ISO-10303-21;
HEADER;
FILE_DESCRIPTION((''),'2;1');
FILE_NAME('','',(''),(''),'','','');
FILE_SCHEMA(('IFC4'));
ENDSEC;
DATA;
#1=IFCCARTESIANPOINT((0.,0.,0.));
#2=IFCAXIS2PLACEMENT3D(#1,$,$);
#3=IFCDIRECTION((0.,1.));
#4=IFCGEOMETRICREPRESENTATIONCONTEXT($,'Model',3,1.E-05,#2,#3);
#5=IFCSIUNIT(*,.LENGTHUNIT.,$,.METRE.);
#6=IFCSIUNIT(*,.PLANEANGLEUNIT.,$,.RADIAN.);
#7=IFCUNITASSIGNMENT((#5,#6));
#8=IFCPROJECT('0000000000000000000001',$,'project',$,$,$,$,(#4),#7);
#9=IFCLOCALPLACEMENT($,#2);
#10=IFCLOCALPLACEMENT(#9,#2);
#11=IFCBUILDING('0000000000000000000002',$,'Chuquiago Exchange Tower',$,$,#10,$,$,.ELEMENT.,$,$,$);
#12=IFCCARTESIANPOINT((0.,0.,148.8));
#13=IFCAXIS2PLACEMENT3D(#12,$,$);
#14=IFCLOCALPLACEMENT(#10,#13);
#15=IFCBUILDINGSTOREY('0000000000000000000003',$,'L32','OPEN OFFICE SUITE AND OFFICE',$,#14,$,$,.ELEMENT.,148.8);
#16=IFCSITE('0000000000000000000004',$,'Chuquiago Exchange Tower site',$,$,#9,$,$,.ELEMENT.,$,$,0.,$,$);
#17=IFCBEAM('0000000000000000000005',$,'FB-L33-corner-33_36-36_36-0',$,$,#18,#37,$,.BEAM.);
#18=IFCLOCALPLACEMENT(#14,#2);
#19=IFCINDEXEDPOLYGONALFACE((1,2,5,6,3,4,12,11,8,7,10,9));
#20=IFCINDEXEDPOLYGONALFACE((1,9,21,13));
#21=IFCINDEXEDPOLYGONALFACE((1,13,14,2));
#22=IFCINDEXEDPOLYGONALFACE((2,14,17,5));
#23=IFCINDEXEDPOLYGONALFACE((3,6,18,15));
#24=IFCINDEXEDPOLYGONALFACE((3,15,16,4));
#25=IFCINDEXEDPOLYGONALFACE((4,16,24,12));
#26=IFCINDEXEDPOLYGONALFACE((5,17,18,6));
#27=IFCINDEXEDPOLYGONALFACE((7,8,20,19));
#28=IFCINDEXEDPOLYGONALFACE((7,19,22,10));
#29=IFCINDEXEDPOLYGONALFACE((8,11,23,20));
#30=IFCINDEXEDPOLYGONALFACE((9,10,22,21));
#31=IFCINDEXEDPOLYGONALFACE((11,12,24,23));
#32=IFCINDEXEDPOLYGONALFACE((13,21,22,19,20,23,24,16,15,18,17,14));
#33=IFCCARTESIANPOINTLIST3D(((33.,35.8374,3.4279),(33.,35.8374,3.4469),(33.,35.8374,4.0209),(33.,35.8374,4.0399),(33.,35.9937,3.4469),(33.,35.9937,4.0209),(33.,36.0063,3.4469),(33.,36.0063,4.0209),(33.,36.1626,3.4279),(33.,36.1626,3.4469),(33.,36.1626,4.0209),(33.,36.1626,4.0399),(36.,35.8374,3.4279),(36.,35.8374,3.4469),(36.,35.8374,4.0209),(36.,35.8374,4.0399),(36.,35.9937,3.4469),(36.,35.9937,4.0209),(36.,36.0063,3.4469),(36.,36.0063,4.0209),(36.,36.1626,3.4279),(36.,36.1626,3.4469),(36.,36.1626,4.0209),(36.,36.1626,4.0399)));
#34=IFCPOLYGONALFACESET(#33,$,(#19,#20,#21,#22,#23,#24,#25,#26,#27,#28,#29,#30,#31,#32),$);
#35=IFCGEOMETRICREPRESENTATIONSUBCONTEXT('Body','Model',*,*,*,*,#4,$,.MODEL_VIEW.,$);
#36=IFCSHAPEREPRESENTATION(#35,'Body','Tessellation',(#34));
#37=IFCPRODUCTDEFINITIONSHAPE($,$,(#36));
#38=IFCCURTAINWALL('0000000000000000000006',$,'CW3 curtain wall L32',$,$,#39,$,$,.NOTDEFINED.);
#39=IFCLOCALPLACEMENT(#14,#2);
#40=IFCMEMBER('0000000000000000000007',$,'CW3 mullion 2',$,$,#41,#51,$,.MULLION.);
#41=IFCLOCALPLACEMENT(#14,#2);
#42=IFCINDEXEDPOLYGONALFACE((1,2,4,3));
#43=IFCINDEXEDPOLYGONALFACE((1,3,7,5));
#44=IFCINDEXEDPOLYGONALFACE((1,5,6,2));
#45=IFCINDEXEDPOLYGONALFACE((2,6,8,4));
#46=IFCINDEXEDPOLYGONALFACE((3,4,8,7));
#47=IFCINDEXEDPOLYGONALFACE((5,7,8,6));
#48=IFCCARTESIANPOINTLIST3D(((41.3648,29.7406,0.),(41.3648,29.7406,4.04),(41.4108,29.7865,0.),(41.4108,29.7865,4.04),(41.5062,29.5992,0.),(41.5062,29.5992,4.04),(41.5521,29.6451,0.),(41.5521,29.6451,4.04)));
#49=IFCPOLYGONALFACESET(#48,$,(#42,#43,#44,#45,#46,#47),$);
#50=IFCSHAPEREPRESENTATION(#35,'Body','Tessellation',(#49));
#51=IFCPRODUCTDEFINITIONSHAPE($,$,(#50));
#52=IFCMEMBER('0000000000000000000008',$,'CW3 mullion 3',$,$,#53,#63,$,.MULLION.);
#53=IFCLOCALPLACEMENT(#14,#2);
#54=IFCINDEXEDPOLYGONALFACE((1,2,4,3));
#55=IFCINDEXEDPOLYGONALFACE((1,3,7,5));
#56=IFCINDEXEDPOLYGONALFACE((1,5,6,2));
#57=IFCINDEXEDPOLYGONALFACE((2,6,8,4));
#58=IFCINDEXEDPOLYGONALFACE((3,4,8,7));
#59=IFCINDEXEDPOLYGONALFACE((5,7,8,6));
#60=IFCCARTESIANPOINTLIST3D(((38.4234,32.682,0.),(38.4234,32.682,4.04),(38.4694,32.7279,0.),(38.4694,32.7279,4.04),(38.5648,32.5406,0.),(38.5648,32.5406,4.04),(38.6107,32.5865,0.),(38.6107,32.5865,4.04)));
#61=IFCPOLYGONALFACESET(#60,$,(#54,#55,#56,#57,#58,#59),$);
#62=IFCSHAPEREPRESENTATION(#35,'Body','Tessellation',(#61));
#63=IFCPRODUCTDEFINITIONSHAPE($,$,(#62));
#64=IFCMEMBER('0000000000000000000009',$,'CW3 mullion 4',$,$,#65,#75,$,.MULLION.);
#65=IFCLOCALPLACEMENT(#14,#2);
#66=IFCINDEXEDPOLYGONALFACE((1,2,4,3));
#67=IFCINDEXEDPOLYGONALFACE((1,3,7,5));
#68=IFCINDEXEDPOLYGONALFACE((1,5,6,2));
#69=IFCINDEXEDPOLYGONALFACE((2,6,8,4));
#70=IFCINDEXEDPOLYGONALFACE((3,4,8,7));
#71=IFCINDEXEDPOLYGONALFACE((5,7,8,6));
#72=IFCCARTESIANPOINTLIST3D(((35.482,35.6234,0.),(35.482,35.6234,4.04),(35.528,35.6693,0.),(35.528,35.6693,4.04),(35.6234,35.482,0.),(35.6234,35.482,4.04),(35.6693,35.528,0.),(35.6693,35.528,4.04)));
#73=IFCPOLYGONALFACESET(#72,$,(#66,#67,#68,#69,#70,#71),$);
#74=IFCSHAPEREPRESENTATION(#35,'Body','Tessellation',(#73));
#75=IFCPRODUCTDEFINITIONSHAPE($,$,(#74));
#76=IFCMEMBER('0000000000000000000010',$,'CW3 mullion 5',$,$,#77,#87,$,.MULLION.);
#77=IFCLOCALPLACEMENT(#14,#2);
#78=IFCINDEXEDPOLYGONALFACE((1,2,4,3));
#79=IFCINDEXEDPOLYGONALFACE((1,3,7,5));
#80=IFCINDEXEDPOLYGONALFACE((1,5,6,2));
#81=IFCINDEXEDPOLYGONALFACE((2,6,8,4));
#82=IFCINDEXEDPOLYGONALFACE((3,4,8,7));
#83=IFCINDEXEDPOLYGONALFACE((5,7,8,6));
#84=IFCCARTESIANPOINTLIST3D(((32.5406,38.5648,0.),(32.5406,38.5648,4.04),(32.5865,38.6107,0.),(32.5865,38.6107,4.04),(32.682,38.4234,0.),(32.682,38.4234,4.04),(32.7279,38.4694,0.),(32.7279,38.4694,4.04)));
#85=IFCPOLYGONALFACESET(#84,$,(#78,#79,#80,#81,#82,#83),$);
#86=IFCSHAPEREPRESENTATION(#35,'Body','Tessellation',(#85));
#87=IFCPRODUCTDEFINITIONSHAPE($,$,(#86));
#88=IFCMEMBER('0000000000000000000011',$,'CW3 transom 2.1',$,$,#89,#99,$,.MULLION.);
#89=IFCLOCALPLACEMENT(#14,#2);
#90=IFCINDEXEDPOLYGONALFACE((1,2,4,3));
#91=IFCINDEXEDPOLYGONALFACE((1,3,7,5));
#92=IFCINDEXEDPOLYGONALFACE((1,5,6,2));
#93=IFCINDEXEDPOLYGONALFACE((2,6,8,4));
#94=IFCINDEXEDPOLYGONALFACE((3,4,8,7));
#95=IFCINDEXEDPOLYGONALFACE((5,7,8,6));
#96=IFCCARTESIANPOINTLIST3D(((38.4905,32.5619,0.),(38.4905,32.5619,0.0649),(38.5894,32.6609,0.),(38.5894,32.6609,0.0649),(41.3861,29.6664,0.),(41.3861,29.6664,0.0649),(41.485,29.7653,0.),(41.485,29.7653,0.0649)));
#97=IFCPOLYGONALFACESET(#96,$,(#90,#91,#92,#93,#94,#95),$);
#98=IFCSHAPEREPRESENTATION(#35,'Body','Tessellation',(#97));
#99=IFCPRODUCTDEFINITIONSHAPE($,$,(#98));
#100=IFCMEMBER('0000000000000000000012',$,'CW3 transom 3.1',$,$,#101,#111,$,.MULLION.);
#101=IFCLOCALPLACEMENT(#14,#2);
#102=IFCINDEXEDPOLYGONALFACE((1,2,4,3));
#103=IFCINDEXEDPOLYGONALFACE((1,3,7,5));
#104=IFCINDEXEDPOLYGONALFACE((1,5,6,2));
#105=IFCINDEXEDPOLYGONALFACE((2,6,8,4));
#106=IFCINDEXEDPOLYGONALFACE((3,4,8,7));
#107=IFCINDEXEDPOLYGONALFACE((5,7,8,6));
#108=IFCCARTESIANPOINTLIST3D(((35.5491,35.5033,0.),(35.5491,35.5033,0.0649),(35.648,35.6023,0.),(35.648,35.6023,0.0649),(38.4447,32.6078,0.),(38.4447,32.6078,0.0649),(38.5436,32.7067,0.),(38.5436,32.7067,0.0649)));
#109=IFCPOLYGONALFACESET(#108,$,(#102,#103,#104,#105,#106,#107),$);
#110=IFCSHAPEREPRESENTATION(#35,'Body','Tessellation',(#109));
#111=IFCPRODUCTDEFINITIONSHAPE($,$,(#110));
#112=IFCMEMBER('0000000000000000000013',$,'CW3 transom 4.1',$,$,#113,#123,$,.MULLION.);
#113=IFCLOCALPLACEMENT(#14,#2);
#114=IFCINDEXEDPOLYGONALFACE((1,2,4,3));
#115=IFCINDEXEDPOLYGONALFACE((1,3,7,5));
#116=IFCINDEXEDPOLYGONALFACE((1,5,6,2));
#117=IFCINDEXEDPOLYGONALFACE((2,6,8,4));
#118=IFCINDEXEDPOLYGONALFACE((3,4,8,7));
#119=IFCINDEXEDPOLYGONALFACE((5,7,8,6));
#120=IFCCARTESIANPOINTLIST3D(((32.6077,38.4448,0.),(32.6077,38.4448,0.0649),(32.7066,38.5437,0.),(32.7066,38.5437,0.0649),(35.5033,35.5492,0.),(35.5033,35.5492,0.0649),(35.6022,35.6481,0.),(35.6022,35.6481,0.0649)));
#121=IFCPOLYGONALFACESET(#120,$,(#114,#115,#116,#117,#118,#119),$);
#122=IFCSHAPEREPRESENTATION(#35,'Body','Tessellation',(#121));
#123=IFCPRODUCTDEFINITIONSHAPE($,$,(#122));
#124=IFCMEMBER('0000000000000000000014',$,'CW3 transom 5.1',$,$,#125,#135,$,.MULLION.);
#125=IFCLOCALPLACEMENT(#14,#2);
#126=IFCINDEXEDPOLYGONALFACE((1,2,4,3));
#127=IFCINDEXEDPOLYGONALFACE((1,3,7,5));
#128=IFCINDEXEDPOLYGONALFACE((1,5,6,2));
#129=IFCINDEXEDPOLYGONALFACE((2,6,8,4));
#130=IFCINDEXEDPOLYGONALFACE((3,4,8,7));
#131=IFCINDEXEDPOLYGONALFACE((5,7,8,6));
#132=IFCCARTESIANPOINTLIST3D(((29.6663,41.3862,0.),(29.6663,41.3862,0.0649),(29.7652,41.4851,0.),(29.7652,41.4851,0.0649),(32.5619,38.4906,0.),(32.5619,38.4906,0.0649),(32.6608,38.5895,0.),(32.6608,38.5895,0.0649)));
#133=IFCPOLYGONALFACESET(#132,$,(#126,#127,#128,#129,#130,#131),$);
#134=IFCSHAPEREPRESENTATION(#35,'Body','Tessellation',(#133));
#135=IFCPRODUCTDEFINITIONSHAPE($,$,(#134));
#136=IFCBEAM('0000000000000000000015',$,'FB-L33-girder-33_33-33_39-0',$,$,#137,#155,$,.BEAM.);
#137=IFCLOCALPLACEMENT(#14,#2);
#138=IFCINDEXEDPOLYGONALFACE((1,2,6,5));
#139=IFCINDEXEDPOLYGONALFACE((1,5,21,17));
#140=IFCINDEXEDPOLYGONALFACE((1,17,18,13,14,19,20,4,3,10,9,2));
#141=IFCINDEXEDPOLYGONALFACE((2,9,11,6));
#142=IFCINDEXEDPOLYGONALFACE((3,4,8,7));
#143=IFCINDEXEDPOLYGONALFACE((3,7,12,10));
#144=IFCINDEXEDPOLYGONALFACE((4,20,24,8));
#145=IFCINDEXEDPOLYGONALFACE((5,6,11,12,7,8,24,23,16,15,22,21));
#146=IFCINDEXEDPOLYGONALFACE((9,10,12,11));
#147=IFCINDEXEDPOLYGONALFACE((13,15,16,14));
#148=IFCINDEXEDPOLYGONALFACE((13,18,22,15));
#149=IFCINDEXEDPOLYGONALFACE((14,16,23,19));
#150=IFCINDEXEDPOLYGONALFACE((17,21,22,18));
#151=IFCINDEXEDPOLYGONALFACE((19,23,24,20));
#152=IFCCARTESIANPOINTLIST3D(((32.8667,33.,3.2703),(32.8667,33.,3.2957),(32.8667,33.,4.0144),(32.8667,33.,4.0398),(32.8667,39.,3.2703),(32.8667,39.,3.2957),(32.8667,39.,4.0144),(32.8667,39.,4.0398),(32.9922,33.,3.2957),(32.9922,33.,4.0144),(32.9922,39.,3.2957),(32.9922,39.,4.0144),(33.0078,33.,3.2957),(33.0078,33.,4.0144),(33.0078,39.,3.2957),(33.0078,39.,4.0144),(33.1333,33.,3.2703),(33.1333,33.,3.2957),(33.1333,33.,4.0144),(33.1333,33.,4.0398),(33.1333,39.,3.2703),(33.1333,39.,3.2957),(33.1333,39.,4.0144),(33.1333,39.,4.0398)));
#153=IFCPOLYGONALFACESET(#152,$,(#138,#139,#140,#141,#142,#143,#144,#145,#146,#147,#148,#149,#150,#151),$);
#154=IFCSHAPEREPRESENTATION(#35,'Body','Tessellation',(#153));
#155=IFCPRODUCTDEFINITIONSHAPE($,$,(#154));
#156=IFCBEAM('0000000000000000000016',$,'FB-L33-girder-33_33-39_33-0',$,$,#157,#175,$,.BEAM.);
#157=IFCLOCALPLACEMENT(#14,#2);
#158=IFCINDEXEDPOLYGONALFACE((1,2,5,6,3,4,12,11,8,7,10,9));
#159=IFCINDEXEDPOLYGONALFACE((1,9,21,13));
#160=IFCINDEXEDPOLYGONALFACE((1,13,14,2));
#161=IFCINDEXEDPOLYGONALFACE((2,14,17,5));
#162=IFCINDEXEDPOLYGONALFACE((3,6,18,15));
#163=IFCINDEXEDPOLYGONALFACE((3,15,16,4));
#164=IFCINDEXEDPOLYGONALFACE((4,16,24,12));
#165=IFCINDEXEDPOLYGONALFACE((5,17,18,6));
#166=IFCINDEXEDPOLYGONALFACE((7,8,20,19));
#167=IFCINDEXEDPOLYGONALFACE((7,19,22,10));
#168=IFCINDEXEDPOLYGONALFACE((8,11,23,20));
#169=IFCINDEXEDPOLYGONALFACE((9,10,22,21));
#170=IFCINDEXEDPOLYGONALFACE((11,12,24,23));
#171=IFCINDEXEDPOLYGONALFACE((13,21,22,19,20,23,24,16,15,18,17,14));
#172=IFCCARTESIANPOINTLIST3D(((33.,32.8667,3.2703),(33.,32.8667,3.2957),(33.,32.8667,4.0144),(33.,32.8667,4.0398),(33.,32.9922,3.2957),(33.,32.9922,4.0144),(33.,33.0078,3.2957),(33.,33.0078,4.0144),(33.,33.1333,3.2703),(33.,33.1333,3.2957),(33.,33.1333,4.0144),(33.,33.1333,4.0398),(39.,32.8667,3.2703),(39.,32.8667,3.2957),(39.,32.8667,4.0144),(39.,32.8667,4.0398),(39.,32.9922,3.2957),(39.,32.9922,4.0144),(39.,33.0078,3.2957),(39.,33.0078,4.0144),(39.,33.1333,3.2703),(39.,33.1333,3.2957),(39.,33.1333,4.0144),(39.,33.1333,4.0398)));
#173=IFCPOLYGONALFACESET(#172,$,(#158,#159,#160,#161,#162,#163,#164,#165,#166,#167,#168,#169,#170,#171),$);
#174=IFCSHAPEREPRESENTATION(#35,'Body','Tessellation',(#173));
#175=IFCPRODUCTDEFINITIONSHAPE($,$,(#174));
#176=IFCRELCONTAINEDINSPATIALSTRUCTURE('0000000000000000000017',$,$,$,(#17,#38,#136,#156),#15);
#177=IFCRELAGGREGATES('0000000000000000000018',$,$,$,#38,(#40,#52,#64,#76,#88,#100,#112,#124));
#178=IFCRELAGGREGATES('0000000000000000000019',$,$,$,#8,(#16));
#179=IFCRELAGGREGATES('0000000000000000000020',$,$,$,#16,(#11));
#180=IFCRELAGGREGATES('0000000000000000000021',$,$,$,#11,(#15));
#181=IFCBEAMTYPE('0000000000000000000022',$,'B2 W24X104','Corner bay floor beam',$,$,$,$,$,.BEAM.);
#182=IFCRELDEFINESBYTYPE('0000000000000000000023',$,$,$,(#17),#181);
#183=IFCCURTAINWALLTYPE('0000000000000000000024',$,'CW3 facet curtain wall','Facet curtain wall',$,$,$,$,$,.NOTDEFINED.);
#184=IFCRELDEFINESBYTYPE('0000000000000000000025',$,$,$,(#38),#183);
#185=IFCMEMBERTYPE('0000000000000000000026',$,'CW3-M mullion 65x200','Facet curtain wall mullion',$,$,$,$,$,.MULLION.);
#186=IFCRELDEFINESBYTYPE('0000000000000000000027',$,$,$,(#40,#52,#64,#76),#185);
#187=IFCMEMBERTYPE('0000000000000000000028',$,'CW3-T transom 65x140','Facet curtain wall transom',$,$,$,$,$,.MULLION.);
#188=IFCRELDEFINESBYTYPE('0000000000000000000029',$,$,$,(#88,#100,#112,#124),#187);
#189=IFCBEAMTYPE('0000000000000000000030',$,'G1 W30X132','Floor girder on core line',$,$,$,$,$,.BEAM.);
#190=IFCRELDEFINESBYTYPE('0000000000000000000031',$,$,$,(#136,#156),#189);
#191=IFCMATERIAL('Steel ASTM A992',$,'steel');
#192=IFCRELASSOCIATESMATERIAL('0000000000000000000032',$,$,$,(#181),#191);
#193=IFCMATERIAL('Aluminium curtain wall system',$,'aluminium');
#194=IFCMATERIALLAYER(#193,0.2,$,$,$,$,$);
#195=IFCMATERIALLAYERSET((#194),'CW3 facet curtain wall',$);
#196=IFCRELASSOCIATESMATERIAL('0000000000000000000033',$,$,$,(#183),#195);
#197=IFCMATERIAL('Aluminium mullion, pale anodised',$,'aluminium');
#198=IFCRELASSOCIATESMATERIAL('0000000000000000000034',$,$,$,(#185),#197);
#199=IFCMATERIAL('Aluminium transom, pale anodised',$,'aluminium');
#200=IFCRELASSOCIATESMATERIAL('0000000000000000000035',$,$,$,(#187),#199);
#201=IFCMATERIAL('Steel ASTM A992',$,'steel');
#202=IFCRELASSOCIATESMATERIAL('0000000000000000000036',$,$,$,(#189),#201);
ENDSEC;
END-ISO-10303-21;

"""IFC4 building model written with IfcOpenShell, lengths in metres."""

from ifc_helpers import new_model, si_unit, direction, frame, origin, origin_2d, place, context, subcontext, project, spatial, rectangle, i_section, extrude, material, layer, layer_set, material_profile, profile_set, type_object, element, aggregate, save


model = new_model("IFC4")

# Units and contexts
model_context = context("Model", 3, precision=1e-05, world=origin(), true_north=direction((0.0, 1.0)))
body_context = subcontext(model_context, "Body", "Model", "MODEL_VIEW")
ifc_project = project(units=[si_unit("LENGTHUNIT", "METRE"), si_unit("PLANEANGLEUNIT", "RADIAN")], contexts=[model_context])

# Site, building, storey
site_placement = place(None, origin())
site = spatial("IfcSite", under=ifc_project, at=site_placement, Name="Chuquiago Exchange Tower site", CompositionType="ELEMENT", RefElevation=0.0)
building_placement = place(site_placement, origin())
building = spatial("IfcBuilding", under=site, at=building_placement, Name="Chuquiago Exchange Tower", CompositionType="ELEMENT")
storey_placement = place(building_placement, frame((0.0, 0.0, 148.8)))
storey = spatial("IfcBuildingStorey", under=building, at=storey_placement, Name="L32", Description="OPEN OFFICE SUITE AND OFFICE", CompositionType="ELEMENT", Elevation=148.8)

# Beam
ifc_material_1 = material(Name="Steel ASTM A992", Category="steel")
ifc_material_profile_1 = material_profile(ifc_material_1, i_section(OverallWidth=0.3252, OverallDepth=0.6121, WebThickness=0.0127, FlangeThickness=0.019, at=origin_2d()), Name="W24X104")
ifc_profile_set_1 = profile_set([ifc_material_profile_1], Name="Steel ASTM A992")
beam_type_1 = type_object("IfcBeamType", Name="B2 W24X104", Description="Corner bay floor beam", PredefinedType="BEAM", material=ifc_profile_set_1)
beam_1_placement = place(storey_placement, frame((33.0, 36.0, 3.7339), z_axis=(1.0, 0.0, 0.0), x_axis=(0.0, 1.0, 0.0)))
element("IfcBeam", 1, at=beam_1_placement, inside=storey, type_object=beam_type_1, Name="FB-L33-corner-33_36-36_36-0", PredefinedType="BEAM", context=body_context, shape_type="SweptSolid", body=[
    extrude(i_section(OverallWidth=0.3252, OverallDepth=0.6121, WebThickness=0.0127, FlangeThickness=0.019, at=origin_2d()), origin(), (0.0, 0.0, 1.0), 3.0),
])

# Curtain wall, members
ifc_material_2 = material(Name="Aluminium curtain wall system", Category="aluminium")
ifc_layer_1 = layer(ifc_material_2, 0.2)
ifc_layer_set_1 = layer_set([ifc_layer_1], Name="CW3 facet curtain wall")
curtain_wall_type = type_object("IfcCurtainWallType", Name="CW3 facet curtain wall", Description="Facet curtain wall", PredefinedType="NOTDEFINED", material=ifc_layer_set_1)
curtain_wall_placement = place(storey_placement, origin())
curtain_wall = element("IfcCurtainWall", 2, at=curtain_wall_placement, inside=storey, type_object=curtain_wall_type, Name="CW3 curtain wall L32", PredefinedType="NOTDEFINED")
ifc_material_3 = material(Name="Aluminium mullion, pale anodised", Category="aluminium")
ifc_material_profile_2 = material_profile(ifc_material_3, rectangle(XDim=0.0649, YDim=0.2, at=origin_2d()), Name="AL 65x200")
ifc_profile_set_2 = profile_set([ifc_material_profile_2], Name="Aluminium mullion, pale anodised")
member_type_1 = type_object("IfcMemberType", Name="CW3-M mullion 65x200", Description="Facet curtain wall mullion", PredefinedType="MULLION", material=ifc_profile_set_2)
member_1_placement = place(storey_placement, frame((41.4585, 29.6929, 0.0), z_axis=(0.0, 0.0, 1.0), x_axis=(-0.707107, -0.707107, 0.0)))
member_1 = element("IfcMember", 3, at=member_1_placement, type_object=member_type_1, Name="CW3 mullion 2", PredefinedType="MULLION", context=body_context, shape_type="SweptSolid", body=[
    extrude(rectangle(XDim=0.0649, YDim=0.2, at=origin_2d()), origin(), (0.0, 0.0, 1.0), 4.04),
])
member_2_placement = place(storey_placement, frame((38.5171, 32.6343, 0.0), z_axis=(0.0, 0.0, 1.0), x_axis=(-0.707107, -0.707107, 0.0)))
member_2 = element("IfcMember", 4, at=member_2_placement, type_object=member_type_1, Name="CW3 mullion 3", PredefinedType="MULLION", context=body_context, shape_type="SweptSolid", body=[
    extrude(rectangle(XDim=0.0649, YDim=0.2, at=origin_2d()), origin(), (0.0, 0.0, 1.0), 4.04),
])
member_3_placement = place(storey_placement, frame((35.5757, 35.5757, 0.0), z_axis=(0.0, 0.0, 1.0), x_axis=(-0.707107, -0.707107, 0.0)))
member_3 = element("IfcMember", 5, at=member_3_placement, type_object=member_type_1, Name="CW3 mullion 4", PredefinedType="MULLION", context=body_context, shape_type="SweptSolid", body=[
    extrude(rectangle(XDim=0.0649, YDim=0.2, at=origin_2d()), origin(), (0.0, 0.0, 1.0), 4.04),
])
member_4_placement = place(storey_placement, frame((32.6343, 38.5171, 0.0), z_axis=(0.0, 0.0, 1.0), x_axis=(-0.707107, -0.707107, 0.0)))
member_4 = element("IfcMember", 6, at=member_4_placement, type_object=member_type_1, Name="CW3 mullion 5", PredefinedType="MULLION", context=body_context, shape_type="SweptSolid", body=[
    extrude(rectangle(XDim=0.0649, YDim=0.2, at=origin_2d()), origin(), (0.0, 0.0, 1.0), 4.04),
])
ifc_material_4 = material(Name="Aluminium transom, pale anodised", Category="aluminium")
ifc_material_profile_3 = material_profile(ifc_material_4, rectangle(XDim=0.1399, YDim=0.0649, at=origin_2d()), Name="AL 140x65")
ifc_profile_set_3 = profile_set([ifc_material_profile_3], Name="Aluminium transom, pale anodised")
member_type_2 = type_object("IfcMemberType", Name="CW3-T transom 65x140", Description="Facet curtain wall transom", PredefinedType="MULLION", material=ifc_profile_set_3)
member_5_placement = place(storey_placement, frame((41.4355, 29.7158, 0.0325), z_axis=(-0.707107, 0.707107, 0.0), x_axis=(-0.707107, -0.707107, 0.0)))
member_5 = element("IfcMember", 7, at=member_5_placement, type_object=member_type_2, Name="CW3 transom 2.1", PredefinedType="MULLION", context=body_context, shape_type="SweptSolid", body=[
    extrude(rectangle(XDim=0.1399, YDim=0.0649, at=origin_2d()), origin(), (0.0, 0.0, 1.0), 4.095),
])
member_6_placement = place(storey_placement, frame((38.4941, 32.6572, 0.0325), z_axis=(-0.707107, 0.707107, 0.0), x_axis=(-0.707107, -0.707107, 0.0)))
member_6 = element("IfcMember", 8, at=member_6_placement, type_object=member_type_2, Name="CW3 transom 3.1", PredefinedType="MULLION", context=body_context, shape_type="SweptSolid", body=[
    extrude(rectangle(XDim=0.1399, YDim=0.0649, at=origin_2d()), origin(), (0.0, 0.0, 1.0), 4.095),
])
member_7_placement = place(storey_placement, frame((35.5527, 35.5986, 0.0325), z_axis=(-0.707107, 0.707107, 0.0), x_axis=(-0.707107, -0.707107, 0.0)))
member_7 = element("IfcMember", 9, at=member_7_placement, type_object=member_type_2, Name="CW3 transom 4.1", PredefinedType="MULLION", context=body_context, shape_type="SweptSolid", body=[
    extrude(rectangle(XDim=0.1399, YDim=0.0649, at=origin_2d()), origin(), (0.0, 0.0, 1.0), 4.095),
])
member_8_placement = place(storey_placement, frame((32.6113, 38.54, 0.0325), z_axis=(-0.707107, 0.707107, 0.0), x_axis=(-0.707107, -0.707107, 0.0)))
member_8 = element("IfcMember", 10, at=member_8_placement, type_object=member_type_2, Name="CW3 transom 5.1", PredefinedType="MULLION", context=body_context, shape_type="SweptSolid", body=[
    extrude(rectangle(XDim=0.1399, YDim=0.0649, at=origin_2d()), origin(), (0.0, 0.0, 1.0), 4.095),
])

# Beams
ifc_material_5 = material(Name="Steel ASTM A992", Category="steel")
ifc_material_profile_4 = material_profile(ifc_material_5, i_section(OverallWidth=0.2666, OverallDepth=0.7695, WebThickness=0.0156, FlangeThickness=0.0254, at=origin_2d()), Name="W30X132")
ifc_profile_set_4 = profile_set([ifc_material_profile_4], Name="Steel ASTM A992")
beam_type_2 = type_object("IfcBeamType", Name="G1 W30X132", Description="Floor girder on core line", PredefinedType="BEAM", material=ifc_profile_set_4)
for number, where, z_axis, x_axis, name in (
    (11, (33.0, 33.0, 3.655), (0.0, 1.0, 0.0), (-1.0, 0.0, 0.0), "FB-L33-girder-33_33-33_39-0"),
    (12, (33.0, 33.0, 3.655), (1.0, 0.0, 0.0), (0.0, 1.0, 0.0), "FB-L33-girder-33_33-39_33-0"),
):
    element("IfcBeam", number, at=place(storey_placement, frame(where, z_axis=z_axis, x_axis=x_axis)), inside=storey, type_object=beam_type_2, Name=name, PredefinedType="BEAM", context=body_context, shape_type="SweptSolid", body=[
        extrude(i_section(OverallWidth=0.2666, OverallDepth=0.7695, WebThickness=0.0156, FlangeThickness=0.0254, at=origin_2d()), origin(), (0.0, 0.0, 1.0), 6.0),
    ])

aggregate(curtain_wall, [member_1, member_2, member_3, member_4, member_5, member_6, member_7, member_8])

save(model, "model.ifc")
